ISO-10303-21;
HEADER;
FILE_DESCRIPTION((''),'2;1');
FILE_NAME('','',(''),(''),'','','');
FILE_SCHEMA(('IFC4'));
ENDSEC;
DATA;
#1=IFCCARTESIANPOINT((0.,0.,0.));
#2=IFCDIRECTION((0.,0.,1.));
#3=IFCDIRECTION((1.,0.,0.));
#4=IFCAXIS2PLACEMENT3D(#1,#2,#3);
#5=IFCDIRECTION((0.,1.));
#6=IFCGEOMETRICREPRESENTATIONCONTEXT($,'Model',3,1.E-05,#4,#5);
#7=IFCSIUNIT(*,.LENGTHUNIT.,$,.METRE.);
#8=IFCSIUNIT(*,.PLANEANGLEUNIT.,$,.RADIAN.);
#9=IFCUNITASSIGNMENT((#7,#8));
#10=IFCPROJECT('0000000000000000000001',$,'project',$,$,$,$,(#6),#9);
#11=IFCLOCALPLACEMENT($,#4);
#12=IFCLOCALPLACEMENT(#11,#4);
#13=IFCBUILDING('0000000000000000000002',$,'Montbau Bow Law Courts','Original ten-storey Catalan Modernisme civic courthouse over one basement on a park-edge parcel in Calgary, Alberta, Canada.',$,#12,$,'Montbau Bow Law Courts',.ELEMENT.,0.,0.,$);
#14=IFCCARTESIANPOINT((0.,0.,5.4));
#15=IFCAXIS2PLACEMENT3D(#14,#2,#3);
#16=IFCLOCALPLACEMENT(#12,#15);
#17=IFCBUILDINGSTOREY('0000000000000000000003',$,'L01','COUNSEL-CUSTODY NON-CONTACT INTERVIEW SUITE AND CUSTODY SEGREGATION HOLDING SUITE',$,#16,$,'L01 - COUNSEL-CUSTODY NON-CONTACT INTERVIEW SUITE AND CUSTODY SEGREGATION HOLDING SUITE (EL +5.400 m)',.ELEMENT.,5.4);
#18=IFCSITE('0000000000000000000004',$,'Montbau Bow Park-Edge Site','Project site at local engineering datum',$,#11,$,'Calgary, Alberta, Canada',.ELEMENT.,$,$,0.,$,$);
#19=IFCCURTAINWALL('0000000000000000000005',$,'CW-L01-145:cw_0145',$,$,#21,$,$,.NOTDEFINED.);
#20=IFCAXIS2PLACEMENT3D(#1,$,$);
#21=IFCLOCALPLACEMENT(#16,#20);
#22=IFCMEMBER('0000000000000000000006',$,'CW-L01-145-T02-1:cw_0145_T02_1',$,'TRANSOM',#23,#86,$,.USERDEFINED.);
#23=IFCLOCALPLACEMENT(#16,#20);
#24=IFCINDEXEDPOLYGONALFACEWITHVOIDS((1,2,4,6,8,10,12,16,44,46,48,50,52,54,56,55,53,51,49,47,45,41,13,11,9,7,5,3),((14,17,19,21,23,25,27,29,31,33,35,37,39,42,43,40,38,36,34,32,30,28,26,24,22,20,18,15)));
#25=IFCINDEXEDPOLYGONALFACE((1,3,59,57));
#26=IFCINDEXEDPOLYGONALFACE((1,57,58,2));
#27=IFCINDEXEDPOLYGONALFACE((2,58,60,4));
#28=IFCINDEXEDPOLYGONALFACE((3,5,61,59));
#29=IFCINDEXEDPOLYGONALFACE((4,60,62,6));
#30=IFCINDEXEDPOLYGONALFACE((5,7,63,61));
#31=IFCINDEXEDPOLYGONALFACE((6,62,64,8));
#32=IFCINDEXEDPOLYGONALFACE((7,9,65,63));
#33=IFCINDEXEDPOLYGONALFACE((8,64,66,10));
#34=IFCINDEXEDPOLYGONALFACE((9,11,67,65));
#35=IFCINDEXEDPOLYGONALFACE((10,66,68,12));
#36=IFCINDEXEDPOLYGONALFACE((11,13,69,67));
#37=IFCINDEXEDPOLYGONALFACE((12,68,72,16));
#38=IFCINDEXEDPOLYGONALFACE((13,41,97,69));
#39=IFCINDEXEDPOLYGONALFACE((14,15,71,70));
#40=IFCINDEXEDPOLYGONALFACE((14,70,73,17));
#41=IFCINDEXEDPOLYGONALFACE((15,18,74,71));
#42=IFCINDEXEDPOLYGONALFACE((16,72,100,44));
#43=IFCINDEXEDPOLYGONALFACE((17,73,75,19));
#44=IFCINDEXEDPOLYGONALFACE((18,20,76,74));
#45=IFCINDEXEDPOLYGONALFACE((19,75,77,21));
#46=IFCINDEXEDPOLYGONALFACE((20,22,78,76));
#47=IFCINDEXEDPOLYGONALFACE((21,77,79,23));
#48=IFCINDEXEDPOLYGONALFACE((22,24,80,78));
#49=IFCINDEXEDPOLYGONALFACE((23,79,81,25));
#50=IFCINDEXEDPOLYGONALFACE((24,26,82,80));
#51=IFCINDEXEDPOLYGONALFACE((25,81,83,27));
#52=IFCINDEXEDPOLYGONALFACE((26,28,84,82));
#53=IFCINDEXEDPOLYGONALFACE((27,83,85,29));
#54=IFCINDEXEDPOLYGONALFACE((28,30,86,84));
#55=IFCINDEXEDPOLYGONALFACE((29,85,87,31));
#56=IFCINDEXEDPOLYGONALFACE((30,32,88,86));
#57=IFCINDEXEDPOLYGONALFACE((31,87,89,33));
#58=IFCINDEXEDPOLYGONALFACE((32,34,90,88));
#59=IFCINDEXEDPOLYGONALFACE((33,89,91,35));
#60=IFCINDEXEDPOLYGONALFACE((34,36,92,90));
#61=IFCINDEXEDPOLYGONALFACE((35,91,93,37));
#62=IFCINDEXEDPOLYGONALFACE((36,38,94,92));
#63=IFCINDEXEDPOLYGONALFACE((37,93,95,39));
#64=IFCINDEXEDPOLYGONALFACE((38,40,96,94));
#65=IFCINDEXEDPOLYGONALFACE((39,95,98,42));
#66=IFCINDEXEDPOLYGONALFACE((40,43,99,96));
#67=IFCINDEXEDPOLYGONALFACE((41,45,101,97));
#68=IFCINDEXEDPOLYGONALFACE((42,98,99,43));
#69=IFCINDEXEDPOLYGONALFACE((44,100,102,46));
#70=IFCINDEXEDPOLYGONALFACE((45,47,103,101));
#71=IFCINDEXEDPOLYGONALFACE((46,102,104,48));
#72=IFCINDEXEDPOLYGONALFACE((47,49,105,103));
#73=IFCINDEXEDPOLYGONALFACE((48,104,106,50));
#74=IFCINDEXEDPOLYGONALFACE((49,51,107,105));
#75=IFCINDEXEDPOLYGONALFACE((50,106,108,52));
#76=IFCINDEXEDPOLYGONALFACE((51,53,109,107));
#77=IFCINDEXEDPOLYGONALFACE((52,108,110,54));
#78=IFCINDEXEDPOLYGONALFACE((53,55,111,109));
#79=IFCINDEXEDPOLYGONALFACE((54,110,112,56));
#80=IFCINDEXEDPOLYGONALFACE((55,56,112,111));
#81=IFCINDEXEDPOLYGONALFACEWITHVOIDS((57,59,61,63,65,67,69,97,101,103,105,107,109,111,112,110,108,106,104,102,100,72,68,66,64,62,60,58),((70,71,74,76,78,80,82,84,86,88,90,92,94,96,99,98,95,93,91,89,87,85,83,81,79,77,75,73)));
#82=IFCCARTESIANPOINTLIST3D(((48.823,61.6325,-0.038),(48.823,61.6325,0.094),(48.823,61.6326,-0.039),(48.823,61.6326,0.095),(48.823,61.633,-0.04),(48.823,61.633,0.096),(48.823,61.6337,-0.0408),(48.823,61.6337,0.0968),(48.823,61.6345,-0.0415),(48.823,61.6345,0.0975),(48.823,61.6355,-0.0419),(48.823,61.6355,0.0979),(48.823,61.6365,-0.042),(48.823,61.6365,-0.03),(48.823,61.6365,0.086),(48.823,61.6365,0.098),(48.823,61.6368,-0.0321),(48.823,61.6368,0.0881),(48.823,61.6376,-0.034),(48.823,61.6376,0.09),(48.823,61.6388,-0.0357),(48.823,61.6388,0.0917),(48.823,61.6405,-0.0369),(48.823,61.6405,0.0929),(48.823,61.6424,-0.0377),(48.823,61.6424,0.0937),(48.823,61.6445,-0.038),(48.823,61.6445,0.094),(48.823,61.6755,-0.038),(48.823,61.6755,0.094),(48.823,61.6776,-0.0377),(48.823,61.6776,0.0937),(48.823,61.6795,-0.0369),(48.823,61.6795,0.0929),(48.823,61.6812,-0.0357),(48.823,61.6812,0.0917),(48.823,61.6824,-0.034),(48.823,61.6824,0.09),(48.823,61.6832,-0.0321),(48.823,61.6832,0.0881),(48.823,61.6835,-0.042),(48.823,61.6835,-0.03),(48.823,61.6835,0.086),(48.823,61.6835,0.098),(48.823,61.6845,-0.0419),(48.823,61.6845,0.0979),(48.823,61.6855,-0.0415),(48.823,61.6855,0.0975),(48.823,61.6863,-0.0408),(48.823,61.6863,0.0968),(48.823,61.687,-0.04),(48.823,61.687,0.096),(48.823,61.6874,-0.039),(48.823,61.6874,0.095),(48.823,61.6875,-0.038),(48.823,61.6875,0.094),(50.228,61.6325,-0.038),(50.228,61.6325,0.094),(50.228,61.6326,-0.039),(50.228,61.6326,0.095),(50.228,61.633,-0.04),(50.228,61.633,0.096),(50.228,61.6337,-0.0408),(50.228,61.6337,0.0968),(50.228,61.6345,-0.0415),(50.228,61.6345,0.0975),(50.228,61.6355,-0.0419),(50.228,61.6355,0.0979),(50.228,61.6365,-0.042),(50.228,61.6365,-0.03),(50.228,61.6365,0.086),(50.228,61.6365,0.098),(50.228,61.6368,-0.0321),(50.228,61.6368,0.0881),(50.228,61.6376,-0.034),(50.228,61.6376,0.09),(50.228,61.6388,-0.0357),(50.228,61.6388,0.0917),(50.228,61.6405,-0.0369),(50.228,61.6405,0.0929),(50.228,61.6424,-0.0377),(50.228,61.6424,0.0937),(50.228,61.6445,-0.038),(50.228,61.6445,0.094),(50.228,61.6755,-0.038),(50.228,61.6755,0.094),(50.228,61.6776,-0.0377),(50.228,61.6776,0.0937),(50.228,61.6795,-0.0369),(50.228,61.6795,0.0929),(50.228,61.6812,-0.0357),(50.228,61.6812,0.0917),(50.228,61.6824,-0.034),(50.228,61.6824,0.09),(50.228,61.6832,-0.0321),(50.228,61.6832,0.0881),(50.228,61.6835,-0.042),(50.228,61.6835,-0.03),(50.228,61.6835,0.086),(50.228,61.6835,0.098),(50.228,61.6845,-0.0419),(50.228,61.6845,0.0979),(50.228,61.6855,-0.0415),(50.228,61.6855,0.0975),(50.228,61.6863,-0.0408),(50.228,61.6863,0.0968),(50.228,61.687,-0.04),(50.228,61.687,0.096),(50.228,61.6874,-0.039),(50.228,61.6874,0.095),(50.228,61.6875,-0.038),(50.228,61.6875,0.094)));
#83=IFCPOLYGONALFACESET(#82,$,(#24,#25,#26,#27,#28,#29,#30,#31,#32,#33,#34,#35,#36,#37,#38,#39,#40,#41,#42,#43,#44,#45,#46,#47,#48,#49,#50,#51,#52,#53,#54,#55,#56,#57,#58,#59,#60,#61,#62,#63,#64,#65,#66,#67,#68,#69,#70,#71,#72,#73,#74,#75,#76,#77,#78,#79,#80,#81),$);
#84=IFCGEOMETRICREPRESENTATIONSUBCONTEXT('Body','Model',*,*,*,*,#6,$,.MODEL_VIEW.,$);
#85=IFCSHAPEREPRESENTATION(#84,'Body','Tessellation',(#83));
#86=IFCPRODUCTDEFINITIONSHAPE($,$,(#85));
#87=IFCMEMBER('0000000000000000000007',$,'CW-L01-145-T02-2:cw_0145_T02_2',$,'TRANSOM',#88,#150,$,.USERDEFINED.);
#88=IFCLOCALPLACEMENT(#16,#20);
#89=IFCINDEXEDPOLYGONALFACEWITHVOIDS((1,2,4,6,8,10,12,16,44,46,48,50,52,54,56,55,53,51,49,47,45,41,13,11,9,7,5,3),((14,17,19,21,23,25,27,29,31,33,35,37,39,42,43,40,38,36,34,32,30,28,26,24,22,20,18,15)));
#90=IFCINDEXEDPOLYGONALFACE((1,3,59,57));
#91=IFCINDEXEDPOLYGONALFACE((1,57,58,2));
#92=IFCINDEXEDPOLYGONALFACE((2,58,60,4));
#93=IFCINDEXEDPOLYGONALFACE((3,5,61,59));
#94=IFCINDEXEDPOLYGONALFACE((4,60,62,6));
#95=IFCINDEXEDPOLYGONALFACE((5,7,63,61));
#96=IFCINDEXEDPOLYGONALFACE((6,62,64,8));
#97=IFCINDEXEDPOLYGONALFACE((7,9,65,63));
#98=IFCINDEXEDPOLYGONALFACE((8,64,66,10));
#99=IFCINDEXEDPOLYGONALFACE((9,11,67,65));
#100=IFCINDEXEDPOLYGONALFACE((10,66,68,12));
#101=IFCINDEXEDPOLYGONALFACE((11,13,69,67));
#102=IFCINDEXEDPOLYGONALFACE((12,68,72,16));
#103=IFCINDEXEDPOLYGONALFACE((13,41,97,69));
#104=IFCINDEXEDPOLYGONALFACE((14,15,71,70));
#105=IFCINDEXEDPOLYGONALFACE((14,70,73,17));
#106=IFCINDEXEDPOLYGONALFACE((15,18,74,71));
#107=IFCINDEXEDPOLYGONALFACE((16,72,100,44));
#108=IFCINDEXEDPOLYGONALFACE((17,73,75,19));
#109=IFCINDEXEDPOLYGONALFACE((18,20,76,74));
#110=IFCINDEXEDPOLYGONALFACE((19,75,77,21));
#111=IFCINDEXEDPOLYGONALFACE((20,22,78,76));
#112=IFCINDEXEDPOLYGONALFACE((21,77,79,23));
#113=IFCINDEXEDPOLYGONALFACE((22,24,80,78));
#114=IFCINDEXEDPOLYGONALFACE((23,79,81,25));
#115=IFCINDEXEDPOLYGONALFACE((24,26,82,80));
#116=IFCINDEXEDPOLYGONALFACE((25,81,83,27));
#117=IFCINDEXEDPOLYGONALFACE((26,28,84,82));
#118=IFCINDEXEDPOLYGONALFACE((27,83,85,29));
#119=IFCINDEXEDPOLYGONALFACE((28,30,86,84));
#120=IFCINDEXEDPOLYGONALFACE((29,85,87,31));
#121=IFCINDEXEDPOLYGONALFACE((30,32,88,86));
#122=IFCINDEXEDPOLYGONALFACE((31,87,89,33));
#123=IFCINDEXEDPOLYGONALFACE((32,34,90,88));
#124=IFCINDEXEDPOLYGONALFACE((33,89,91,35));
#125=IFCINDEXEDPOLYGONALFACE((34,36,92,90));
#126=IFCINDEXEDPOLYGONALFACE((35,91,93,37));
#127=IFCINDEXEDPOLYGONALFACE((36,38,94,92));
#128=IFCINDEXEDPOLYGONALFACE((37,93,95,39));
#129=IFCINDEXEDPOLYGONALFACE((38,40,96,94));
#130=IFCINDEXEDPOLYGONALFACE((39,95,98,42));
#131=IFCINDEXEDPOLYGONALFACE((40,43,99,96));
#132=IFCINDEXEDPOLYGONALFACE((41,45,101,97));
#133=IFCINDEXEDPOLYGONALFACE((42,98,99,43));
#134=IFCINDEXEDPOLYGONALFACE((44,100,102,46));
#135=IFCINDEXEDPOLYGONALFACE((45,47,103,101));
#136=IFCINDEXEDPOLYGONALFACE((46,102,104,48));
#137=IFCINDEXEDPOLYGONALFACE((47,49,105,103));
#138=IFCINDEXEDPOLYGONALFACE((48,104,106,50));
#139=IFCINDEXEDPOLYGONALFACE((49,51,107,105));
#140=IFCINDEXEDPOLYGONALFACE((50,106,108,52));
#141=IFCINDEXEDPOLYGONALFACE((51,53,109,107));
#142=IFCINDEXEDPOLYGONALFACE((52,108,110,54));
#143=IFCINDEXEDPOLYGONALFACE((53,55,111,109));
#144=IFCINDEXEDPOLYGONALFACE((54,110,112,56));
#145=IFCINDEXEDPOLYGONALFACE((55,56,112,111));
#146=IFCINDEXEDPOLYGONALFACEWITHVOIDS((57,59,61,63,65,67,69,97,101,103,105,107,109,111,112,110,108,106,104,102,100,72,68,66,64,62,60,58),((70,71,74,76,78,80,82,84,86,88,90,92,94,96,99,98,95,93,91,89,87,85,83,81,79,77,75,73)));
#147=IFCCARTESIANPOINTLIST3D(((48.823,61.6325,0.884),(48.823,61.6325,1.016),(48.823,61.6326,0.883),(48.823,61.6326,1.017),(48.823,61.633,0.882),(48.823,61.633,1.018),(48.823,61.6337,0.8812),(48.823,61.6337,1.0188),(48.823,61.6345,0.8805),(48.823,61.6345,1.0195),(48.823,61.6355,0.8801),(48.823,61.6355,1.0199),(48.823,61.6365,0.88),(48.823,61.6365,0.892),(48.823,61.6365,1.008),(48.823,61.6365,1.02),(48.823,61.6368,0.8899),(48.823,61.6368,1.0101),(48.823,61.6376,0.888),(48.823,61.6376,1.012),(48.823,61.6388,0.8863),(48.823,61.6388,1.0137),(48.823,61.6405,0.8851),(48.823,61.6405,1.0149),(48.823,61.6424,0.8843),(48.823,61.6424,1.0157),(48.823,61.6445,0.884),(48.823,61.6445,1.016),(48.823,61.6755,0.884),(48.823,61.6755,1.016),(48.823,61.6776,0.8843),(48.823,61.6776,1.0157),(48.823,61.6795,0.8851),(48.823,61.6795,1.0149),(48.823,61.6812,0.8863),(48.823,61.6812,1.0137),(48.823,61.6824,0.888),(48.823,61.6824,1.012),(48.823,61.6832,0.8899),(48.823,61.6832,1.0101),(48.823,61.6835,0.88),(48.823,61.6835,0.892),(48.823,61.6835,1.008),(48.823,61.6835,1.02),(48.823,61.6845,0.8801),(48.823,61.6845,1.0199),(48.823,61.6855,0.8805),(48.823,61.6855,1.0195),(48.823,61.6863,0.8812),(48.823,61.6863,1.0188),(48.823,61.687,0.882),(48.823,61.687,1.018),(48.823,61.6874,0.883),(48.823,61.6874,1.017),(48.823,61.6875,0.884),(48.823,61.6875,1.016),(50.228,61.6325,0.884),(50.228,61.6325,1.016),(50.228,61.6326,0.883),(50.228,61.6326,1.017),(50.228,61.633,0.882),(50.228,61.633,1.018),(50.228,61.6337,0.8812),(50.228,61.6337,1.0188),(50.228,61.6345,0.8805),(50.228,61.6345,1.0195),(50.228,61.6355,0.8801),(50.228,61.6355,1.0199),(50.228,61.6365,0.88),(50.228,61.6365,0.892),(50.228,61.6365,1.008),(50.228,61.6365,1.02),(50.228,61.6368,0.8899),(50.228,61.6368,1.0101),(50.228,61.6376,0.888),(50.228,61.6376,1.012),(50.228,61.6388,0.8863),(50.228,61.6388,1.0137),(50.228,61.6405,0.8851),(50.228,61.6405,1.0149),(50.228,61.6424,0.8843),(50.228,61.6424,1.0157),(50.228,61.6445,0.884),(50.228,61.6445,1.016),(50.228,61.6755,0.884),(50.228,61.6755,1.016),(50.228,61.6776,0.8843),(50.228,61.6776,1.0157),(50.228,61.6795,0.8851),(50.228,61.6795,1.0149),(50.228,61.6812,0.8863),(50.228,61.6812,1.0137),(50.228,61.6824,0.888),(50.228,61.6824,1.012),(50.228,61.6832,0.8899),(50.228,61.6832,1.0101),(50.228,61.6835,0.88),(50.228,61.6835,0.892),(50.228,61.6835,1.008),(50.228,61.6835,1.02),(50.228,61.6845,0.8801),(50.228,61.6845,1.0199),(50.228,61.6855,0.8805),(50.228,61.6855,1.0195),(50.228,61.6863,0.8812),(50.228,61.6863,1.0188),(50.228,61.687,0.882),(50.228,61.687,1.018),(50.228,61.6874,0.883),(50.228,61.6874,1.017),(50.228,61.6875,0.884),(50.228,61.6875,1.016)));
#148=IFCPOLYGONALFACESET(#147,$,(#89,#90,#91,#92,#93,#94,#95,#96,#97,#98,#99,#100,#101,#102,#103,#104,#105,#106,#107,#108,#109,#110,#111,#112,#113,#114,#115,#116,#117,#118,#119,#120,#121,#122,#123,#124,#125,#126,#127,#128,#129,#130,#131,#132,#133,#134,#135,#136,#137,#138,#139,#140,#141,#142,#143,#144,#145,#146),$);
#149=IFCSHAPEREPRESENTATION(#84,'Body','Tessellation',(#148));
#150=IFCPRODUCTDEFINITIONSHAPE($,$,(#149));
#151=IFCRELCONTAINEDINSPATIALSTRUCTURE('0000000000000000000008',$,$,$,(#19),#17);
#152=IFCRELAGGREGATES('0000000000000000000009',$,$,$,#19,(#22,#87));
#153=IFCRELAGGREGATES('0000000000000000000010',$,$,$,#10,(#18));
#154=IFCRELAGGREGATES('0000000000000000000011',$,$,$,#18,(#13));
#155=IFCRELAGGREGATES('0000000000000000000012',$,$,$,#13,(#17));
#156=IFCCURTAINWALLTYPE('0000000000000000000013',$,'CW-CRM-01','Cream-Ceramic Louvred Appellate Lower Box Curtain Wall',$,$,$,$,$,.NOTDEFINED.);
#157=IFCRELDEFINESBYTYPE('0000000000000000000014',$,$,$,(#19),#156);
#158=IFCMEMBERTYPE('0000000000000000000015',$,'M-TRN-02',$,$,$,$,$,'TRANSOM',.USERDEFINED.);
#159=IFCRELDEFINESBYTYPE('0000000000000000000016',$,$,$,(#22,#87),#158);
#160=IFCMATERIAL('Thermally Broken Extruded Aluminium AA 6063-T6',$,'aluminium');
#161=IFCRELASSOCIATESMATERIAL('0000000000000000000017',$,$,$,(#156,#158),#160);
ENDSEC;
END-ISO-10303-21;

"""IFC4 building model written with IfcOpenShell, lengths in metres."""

from ifc_helpers import new_model, si_unit, direction, frame, origin_with_axes, origin_2d_with_axis, place, context, subcontext, project, spatial, hollow_rectangle, extrude, material, material_profile, profile_set, type_object, element, aggregate, save


model = new_model("IFC4")

# Units and contexts
model_context = context("Model", 3, precision=1e-05, world=origin_with_axes(), true_north=direction((0.0, 1.0)))
body_context = subcontext(model_context, "Body", "Model", "MODEL_VIEW")
ifc_project = project(units=[si_unit("LENGTHUNIT", "METRE"), si_unit("PLANEANGLEUNIT", "RADIAN")], contexts=[model_context])

# Site, building, storey
site_placement = place(None, origin_with_axes())
site = spatial("IfcSite", under=ifc_project, at=site_placement, Name="Montbau Bow Park-Edge Site", Description="Project site at local engineering datum", LongName="Calgary, Alberta, Canada", CompositionType="ELEMENT", RefElevation=0.0)
building_placement = place(site_placement, origin_with_axes())
building = spatial("IfcBuilding", under=site, at=building_placement, Name="Montbau Bow Law Courts", Description="Original ten-storey Catalan Modernisme civic courthouse over one basement on a park-edge parcel in Calgary, Alberta, Canada.", LongName="Montbau Bow Law Courts", CompositionType="ELEMENT", ElevationOfRefHeight=0.0, ElevationOfTerrain=0.0)
storey_placement = place(building_placement, frame((0.0, 0.0, 5.4), z_axis=(0.0, 0.0, 1.0), x_axis=(1.0, 0.0, 0.0)))
storey = spatial("IfcBuildingStorey", under=building, at=storey_placement, Name="L01", Description="COUNSEL-CUSTODY NON-CONTACT INTERVIEW SUITE AND CUSTODY SEGREGATION HOLDING SUITE", LongName="L01 - COUNSEL-CUSTODY NON-CONTACT INTERVIEW SUITE AND CUSTODY SEGREGATION HOLDING SUITE (EL +5.400 m)", CompositionType="ELEMENT", Elevation=5.4)

# Shared definitions
ifc_material_1 = material(Name="Thermally Broken Extruded Aluminium AA 6063-T6", Category="aluminium")
curtain_wall_type = type_object("IfcCurtainWallType", Name="CW-CRM-01", Description="Cream-Ceramic Louvred Appellate Lower Box Curtain Wall", PredefinedType="NOTDEFINED", material=ifc_material_1)

# Curtain wall, members
curtain_wall_1_placement = place(None, frame((47.315, 61.66, 5.4), z_axis=(0.0, 0.0, 1.0), x_axis=(1.0, 0.0, 0.0)))
curtain_wall_1 = element("IfcCurtainWall", 1, at=curtain_wall_1_placement, inside=storey, type_object=curtain_wall_type, Name="CW-L01-145:cw_0145", PredefinedType="NOTDEFINED")
ifc_material_profile_1 = material_profile(ifc_material_1, hollow_rectangle(XDim=0.055, YDim=0.14, WallThickness=0.004, InnerFilletRadius=0.008, OuterFilletRadius=0.004, at=origin_2d_with_axis()), Name="CWT-140X55", Category="Main", Priority=0)
ifc_profile_set_1 = profile_set([ifc_material_profile_1], Name="Thermally Broken Extruded Aluminium AA 6063-T6")
member_type_1 = type_object("IfcMemberType", Name="M-TRN-02", ElementType="TRANSOM", PredefinedType="USERDEFINED", material=ifc_profile_set_1)
member_1_placement = place(None, frame((48.823, 61.66, 5.428), z_axis=(1.0, 0.0, 0.0), x_axis=(0.0, 1.0, 0.0)))
member_1 = element("IfcMember", 2, at=member_1_placement, type_object=member_type_1, Name="CW-L01-145-T02-1:cw_0145_T02_1", ObjectType="TRANSOM", PredefinedType="USERDEFINED", context=body_context, shape_type="SweptSolid", body=[
    extrude(hollow_rectangle(XDim=0.055, YDim=0.14, WallThickness=0.004, InnerFilletRadius=0.008, OuterFilletRadius=0.004, at=origin_2d_with_axis()), origin_with_axes(), (0.0, 0.0, 1.0), 1.405),
])
member_2_placement = place(None, frame((48.823, 61.66, 6.35), z_axis=(1.0, 0.0, 0.0), x_axis=(0.0, 1.0, 0.0)))
member_2 = element("IfcMember", 3, at=member_2_placement, type_object=member_type_1, Name="CW-L01-145-T02-2:cw_0145_T02_2", ObjectType="TRANSOM", PredefinedType="USERDEFINED", context=body_context, shape_type="SweptSolid", body=[
    extrude(hollow_rectangle(XDim=0.055, YDim=0.14, WallThickness=0.004, InnerFilletRadius=0.008, OuterFilletRadius=0.004, at=origin_2d_with_axis()), origin_with_axes(), (0.0, 0.0, 1.0), 1.405),
])
aggregate(curtain_wall_1, [member_1, member_2])

save(model, "model.ifc")
